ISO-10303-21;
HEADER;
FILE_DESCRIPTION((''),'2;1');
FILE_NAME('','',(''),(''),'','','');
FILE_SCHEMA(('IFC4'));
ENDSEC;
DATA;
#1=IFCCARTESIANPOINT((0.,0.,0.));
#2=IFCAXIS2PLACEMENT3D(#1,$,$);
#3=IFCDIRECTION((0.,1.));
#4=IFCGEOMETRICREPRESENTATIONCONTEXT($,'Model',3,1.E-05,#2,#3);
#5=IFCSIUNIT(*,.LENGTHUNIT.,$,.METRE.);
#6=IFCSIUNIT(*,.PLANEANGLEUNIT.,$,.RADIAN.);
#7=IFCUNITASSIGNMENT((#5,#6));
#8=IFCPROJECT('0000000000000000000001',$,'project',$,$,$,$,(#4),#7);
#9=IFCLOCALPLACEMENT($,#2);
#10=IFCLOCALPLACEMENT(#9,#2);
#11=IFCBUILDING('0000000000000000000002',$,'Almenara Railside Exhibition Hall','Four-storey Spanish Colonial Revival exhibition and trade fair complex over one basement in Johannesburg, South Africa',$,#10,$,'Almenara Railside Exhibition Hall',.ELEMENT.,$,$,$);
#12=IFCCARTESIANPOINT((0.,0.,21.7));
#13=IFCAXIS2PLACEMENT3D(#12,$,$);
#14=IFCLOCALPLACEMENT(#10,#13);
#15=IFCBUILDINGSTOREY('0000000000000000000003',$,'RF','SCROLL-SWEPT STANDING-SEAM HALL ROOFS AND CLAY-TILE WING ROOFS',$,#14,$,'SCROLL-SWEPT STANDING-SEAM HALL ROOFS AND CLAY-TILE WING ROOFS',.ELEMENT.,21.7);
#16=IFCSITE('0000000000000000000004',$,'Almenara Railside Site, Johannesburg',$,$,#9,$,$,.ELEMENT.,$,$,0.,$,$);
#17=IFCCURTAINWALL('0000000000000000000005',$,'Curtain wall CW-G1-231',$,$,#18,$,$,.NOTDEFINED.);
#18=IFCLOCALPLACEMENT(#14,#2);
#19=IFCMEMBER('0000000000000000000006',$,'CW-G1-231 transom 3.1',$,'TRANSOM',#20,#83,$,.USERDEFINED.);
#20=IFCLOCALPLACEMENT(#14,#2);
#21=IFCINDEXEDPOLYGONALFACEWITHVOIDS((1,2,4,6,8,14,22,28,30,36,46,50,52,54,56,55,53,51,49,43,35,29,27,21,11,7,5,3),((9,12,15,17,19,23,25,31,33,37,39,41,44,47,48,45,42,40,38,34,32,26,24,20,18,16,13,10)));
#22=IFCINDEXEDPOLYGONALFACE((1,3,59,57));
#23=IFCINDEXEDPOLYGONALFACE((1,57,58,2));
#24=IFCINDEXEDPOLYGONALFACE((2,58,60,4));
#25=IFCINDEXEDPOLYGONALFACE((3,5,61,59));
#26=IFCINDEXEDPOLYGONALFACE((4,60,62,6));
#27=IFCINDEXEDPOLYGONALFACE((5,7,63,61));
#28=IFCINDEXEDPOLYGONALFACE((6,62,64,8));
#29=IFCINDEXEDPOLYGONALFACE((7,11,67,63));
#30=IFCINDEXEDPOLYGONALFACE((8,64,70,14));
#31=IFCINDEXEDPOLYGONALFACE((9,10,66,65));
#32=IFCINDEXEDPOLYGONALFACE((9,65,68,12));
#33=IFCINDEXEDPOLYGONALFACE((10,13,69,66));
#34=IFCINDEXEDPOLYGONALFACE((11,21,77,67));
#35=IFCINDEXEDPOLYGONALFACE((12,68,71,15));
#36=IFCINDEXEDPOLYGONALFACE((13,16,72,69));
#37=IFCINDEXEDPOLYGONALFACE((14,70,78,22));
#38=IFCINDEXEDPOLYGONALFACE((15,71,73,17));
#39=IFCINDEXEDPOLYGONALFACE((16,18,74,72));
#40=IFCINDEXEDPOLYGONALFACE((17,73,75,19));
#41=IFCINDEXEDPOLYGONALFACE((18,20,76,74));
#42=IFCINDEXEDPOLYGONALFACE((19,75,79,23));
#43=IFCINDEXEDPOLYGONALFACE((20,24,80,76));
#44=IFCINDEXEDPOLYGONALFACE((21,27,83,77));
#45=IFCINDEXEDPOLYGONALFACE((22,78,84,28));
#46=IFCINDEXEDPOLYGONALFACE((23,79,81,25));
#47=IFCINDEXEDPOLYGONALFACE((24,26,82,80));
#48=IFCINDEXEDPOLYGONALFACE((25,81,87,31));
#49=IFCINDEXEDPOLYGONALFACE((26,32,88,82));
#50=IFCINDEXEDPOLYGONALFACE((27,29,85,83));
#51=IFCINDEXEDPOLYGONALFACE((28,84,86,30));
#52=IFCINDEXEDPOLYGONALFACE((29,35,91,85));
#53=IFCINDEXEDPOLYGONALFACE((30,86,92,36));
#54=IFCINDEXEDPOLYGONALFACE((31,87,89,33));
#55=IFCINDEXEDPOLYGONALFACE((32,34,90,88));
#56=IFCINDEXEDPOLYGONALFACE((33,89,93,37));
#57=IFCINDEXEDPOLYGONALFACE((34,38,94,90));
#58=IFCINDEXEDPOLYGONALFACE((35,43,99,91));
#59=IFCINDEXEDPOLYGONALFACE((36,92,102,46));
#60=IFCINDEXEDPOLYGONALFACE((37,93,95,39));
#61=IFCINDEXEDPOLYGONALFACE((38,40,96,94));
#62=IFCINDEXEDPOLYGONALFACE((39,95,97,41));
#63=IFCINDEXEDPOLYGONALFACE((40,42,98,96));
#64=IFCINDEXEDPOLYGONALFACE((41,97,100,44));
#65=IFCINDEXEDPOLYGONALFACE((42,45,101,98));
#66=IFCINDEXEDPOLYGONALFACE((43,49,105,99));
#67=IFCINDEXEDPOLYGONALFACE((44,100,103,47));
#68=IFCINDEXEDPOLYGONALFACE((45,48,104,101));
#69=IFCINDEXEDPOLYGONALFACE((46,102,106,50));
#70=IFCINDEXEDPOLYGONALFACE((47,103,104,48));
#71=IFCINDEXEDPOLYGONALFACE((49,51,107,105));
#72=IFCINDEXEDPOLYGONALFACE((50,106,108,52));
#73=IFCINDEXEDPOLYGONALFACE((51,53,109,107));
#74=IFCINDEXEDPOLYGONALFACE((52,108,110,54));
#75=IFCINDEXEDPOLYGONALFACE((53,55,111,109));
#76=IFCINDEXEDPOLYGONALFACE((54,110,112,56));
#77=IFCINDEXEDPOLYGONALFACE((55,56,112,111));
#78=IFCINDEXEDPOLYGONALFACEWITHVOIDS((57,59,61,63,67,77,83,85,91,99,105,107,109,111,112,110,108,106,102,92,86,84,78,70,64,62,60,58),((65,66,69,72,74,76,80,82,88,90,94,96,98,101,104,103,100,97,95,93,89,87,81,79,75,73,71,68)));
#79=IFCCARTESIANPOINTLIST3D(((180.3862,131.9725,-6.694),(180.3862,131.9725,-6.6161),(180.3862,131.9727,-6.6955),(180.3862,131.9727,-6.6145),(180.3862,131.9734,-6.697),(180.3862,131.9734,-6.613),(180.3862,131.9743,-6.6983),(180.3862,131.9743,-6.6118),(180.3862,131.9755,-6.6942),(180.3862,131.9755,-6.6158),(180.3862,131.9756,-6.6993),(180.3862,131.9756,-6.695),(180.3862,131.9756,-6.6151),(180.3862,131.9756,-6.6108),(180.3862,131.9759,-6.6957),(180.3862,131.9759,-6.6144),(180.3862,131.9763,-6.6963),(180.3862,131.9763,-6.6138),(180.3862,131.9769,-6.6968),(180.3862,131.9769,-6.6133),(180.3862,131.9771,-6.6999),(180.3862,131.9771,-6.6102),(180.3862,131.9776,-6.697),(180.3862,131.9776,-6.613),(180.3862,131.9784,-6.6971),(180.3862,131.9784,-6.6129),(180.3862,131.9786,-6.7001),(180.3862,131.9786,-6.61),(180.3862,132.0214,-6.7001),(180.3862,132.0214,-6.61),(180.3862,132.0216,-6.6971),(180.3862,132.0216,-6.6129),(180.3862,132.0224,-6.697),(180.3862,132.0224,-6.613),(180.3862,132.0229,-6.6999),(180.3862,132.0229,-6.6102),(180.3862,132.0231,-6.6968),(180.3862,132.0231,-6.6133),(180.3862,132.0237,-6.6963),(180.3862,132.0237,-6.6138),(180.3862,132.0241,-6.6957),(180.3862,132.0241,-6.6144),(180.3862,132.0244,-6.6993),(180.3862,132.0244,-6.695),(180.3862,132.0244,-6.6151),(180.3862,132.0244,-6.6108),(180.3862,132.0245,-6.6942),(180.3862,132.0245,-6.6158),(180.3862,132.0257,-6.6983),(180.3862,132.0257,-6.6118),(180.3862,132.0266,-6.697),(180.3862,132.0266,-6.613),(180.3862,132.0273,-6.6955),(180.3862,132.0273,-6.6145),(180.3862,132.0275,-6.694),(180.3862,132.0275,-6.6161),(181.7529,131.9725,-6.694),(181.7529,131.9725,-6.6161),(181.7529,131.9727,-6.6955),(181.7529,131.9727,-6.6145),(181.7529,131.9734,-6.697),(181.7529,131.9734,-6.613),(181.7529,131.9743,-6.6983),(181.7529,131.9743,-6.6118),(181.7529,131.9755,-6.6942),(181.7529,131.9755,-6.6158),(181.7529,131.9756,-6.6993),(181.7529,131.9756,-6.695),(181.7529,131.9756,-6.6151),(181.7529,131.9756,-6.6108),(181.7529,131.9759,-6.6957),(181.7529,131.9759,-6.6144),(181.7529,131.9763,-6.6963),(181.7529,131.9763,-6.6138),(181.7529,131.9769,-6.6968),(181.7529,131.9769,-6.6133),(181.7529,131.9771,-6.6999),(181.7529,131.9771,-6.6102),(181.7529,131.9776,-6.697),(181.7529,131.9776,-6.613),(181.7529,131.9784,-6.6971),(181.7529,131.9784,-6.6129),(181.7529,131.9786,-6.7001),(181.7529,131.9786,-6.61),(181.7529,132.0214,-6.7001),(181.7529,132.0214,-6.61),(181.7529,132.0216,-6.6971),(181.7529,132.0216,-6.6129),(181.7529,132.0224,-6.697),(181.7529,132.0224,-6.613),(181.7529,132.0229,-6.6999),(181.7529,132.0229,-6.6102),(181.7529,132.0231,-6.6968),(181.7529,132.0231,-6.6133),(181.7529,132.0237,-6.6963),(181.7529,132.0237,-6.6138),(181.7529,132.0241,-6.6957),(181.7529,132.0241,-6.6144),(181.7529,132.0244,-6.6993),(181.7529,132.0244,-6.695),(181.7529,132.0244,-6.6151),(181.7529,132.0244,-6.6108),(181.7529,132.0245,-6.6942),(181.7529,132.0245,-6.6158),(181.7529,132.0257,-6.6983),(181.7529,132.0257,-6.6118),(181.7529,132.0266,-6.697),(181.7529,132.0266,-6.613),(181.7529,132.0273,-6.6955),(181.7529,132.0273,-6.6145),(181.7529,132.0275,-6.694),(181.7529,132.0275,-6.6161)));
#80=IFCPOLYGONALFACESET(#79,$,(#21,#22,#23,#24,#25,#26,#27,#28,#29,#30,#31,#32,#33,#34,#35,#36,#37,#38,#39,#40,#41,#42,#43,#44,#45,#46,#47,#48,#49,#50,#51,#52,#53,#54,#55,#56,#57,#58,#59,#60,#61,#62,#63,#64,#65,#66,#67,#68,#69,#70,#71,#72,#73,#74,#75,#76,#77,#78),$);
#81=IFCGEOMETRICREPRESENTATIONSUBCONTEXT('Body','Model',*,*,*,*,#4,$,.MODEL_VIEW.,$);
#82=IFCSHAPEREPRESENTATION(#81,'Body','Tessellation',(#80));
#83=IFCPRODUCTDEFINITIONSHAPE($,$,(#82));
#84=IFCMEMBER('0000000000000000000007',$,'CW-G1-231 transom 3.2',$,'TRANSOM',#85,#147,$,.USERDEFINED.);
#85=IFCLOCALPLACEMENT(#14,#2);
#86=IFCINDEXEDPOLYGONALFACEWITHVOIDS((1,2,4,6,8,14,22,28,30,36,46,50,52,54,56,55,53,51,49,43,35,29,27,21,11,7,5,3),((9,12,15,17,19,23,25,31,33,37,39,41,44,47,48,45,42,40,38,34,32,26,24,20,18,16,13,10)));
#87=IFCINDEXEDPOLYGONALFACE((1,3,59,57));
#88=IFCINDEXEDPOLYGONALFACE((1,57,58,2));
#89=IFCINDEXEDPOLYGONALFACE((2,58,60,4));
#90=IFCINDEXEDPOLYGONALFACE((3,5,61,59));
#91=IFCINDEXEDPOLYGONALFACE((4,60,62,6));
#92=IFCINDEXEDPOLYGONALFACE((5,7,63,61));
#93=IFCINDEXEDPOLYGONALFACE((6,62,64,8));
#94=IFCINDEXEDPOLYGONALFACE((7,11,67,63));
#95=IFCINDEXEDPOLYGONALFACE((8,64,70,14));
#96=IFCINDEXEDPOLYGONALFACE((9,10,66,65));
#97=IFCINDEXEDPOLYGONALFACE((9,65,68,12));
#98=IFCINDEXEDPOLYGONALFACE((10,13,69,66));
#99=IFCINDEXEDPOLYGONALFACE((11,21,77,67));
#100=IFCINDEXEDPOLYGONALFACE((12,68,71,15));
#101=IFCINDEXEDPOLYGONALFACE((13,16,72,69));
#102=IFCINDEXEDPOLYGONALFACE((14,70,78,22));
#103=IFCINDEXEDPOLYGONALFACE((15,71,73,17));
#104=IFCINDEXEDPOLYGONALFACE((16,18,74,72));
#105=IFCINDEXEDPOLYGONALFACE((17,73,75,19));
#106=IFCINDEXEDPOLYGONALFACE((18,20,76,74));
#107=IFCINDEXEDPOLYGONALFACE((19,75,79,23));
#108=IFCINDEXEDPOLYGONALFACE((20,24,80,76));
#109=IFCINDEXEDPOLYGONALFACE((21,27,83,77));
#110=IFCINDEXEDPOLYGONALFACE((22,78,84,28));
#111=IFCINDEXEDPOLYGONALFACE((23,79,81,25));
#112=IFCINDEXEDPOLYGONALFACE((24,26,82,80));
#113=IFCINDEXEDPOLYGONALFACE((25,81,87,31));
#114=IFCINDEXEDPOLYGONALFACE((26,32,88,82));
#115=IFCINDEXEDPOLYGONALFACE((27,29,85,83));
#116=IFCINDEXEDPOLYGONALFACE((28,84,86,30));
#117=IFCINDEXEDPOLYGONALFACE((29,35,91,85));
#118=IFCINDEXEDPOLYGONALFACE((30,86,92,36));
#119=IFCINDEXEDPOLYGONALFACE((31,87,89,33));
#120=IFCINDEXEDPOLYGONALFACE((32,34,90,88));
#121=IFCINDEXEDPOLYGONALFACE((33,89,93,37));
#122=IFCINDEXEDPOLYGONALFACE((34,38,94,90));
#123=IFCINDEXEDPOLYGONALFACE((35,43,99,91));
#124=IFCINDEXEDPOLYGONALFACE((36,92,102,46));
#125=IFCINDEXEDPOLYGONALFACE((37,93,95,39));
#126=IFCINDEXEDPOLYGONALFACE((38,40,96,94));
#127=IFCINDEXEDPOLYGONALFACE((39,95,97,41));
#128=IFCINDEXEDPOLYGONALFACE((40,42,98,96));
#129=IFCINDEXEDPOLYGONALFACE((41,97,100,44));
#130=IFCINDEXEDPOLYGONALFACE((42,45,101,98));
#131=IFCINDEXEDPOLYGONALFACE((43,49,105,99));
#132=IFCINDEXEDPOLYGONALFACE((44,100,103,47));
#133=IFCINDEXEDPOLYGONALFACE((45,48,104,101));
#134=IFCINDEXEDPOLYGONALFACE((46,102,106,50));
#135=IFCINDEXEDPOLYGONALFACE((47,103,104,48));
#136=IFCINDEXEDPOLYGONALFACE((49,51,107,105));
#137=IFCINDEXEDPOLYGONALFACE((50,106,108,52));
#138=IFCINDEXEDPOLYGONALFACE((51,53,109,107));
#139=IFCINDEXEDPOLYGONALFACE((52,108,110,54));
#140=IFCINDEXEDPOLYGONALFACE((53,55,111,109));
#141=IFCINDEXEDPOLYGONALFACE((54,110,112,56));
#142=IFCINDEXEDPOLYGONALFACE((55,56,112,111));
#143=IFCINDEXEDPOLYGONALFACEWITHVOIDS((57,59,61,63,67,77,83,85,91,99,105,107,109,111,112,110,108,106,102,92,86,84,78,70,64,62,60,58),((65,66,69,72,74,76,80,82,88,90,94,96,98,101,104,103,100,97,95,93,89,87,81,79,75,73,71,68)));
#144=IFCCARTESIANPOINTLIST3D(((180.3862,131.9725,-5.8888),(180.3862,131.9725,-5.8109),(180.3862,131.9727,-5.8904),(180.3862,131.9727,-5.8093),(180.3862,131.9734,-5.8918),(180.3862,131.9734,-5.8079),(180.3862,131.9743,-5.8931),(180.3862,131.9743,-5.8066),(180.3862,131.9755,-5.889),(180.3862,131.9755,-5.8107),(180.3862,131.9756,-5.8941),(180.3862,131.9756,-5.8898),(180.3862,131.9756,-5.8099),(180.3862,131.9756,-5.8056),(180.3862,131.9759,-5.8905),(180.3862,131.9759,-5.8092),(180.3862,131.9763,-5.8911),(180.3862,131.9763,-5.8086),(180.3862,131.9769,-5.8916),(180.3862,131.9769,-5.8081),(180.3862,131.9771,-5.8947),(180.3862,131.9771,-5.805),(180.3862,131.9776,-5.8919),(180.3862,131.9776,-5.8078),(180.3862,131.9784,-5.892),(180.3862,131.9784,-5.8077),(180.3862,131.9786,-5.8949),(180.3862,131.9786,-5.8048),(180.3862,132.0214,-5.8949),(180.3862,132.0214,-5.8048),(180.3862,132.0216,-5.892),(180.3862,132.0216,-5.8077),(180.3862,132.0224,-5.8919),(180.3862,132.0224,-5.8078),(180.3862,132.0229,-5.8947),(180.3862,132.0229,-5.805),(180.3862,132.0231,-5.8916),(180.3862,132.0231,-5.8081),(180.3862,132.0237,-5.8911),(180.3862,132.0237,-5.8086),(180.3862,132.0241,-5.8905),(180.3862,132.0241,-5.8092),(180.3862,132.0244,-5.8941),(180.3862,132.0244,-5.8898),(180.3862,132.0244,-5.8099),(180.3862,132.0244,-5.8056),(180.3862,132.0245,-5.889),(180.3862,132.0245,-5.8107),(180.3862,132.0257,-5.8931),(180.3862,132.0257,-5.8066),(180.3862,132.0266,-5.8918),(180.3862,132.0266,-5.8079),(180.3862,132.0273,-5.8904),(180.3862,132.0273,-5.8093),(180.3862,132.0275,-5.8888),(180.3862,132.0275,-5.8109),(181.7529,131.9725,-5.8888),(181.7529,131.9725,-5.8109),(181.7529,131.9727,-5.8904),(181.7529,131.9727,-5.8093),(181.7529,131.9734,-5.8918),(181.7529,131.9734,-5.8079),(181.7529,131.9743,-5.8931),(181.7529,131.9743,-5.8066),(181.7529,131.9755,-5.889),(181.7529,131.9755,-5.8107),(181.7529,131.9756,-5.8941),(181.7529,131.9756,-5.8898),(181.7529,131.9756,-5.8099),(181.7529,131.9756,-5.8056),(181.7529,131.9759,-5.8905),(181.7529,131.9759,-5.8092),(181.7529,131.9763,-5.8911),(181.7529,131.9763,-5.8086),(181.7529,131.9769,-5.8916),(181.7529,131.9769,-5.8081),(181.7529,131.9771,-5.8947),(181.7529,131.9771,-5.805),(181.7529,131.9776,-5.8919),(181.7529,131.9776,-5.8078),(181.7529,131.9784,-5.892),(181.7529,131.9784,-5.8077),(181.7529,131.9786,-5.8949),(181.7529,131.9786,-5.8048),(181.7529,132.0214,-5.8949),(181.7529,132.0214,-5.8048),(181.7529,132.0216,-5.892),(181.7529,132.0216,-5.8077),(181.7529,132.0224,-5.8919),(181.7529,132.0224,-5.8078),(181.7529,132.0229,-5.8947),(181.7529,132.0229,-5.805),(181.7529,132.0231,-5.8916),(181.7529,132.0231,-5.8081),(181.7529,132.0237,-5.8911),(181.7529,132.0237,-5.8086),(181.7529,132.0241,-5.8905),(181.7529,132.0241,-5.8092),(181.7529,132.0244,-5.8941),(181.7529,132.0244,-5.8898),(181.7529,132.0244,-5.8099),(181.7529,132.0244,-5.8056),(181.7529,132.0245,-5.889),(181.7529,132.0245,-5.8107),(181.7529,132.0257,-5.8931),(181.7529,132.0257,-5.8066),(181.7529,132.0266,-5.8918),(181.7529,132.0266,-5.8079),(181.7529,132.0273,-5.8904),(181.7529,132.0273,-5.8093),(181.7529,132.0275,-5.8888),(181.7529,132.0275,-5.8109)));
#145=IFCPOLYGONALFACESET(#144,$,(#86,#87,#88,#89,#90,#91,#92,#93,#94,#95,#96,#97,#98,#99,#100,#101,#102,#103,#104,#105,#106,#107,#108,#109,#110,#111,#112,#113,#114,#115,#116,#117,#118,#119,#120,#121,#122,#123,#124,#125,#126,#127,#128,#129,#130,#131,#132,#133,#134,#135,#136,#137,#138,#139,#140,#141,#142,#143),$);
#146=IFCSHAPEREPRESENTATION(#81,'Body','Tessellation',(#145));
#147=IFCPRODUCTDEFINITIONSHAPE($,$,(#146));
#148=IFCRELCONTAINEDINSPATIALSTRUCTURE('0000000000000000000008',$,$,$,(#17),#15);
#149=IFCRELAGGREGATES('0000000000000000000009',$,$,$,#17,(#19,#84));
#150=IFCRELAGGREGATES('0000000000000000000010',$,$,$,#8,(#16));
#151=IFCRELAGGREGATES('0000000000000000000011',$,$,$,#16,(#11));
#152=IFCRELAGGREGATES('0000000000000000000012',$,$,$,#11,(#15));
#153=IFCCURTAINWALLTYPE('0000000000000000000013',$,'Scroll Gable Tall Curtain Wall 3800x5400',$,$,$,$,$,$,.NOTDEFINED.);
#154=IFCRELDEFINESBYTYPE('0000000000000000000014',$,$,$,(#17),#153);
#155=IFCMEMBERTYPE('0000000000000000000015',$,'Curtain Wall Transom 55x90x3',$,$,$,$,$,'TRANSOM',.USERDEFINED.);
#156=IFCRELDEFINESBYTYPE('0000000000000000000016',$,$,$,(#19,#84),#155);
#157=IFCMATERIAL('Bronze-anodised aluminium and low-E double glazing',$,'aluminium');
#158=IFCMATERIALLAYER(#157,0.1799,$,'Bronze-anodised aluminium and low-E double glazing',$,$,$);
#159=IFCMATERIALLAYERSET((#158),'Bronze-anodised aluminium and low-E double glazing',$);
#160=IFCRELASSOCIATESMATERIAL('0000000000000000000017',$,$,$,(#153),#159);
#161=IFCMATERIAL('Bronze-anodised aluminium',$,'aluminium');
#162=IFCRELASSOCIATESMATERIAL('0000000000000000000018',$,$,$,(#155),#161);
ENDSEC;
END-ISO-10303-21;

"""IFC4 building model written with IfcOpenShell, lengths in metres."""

from ifc_helpers import new_model, si_unit, direction, frame, origin, origin_2d, place, context, subcontext, project, spatial, hollow_rectangle, extrude, material, layer, layer_set, material_profile, profile_set, type_object, element, aggregate, save


model = new_model("IFC4")

# Units and contexts
model_context = context("Model", 3, precision=1e-05, world=origin(), true_north=direction((0.0, 1.0)))
body_context = subcontext(model_context, "Body", "Model", "MODEL_VIEW")
ifc_project = project(units=[si_unit("LENGTHUNIT", "METRE"), si_unit("PLANEANGLEUNIT", "RADIAN")], contexts=[model_context])

# Site, building, storey
site_placement = place(None, origin())
site = spatial("IfcSite", under=ifc_project, at=site_placement, Name="Almenara Railside Site, Johannesburg", CompositionType="ELEMENT", RefElevation=0.0)
building_placement = place(site_placement, origin())
building = spatial("IfcBuilding", under=site, at=building_placement, Name="Almenara Railside Exhibition Hall", Description="Four-storey Spanish Colonial Revival exhibition and trade fair complex over one basement in Johannesburg, South Africa", LongName="Almenara Railside Exhibition Hall", CompositionType="ELEMENT")
storey_placement = place(building_placement, frame((0.0, 0.0, 21.7)))
storey = spatial("IfcBuildingStorey", under=building, at=storey_placement, Name="RF", Description="SCROLL-SWEPT STANDING-SEAM HALL ROOFS AND CLAY-TILE WING ROOFS", LongName="SCROLL-SWEPT STANDING-SEAM HALL ROOFS AND CLAY-TILE WING ROOFS", CompositionType="ELEMENT", Elevation=21.7)

# Curtain wall
ifc_material_1 = material(Name="Bronze-anodised aluminium and low-E double glazing", Category="aluminium")
ifc_layer_1 = layer(ifc_material_1, 0.1799, Name="Bronze-anodised aluminium and low-E double glazing")
ifc_layer_set_1 = layer_set([ifc_layer_1], Name="Bronze-anodised aluminium and low-E double glazing")
curtain_wall_type_1 = type_object("IfcCurtainWallType", Name="Scroll Gable Tall Curtain Wall 3800x5400", PredefinedType="NOTDEFINED", material=ifc_layer_set_1)
curtain_wall_1_placement = place(storey_placement, origin())
curtain_wall_1 = element("IfcCurtainWall", 1, at=curtain_wall_1_placement, inside=storey, type_object=curtain_wall_type_1, Name="Curtain wall CW-G1-231", PredefinedType="NOTDEFINED")
ifc_material_2 = material(Name="Bronze-anodised aluminium", Category="aluminium")

# Members
ifc_material_profile_1 = material_profile(ifc_material_2, hollow_rectangle(XDim=0.0549, YDim=0.0901, WallThickness=0.0029, InnerFilletRadius=0.0029, OuterFilletRadius=0.0061, at=origin_2d()), Name="ALU-TRN 55x90x3")
ifc_profile_set_1 = profile_set([ifc_material_profile_1], Name="Bronze-anodised aluminium")
member_type_1 = type_object("IfcMemberType", Name="Curtain Wall Transom 55x90x3", ElementType="TRANSOM", PredefinedType="USERDEFINED", material=ifc_profile_set_1)
member_1_placement = place(storey_placement, frame((180.3862, 132.0, -6.655), z_axis=(1.0, 0.0, 0.0), x_axis=(0.0, 1.0, 0.0)))
member_1 = element("IfcMember", 2, at=member_1_placement, type_object=member_type_1, Name="CW-G1-231 transom 3.1", ObjectType="TRANSOM", PredefinedType="USERDEFINED", context=body_context, shape_type="SweptSolid", body=[
    extrude(hollow_rectangle(XDim=0.0549, YDim=0.0901, WallThickness=0.0029, InnerFilletRadius=0.0029, OuterFilletRadius=0.0061, at=origin_2d()), origin(), (0.0, 0.0, 1.0), 1.3667),
])
member_2_placement = place(storey_placement, frame((180.3862, 132.0, -5.8499), z_axis=(1.0, 0.0, 0.0), x_axis=(0.0, 1.0, 0.0)))
member_2 = element("IfcMember", 3, at=member_2_placement, type_object=member_type_1, Name="CW-G1-231 transom 3.2", ObjectType="TRANSOM", PredefinedType="USERDEFINED", context=body_context, shape_type="SweptSolid", body=[
    extrude(hollow_rectangle(XDim=0.0549, YDim=0.0901, WallThickness=0.0029, InnerFilletRadius=0.0029, OuterFilletRadius=0.0061, at=origin_2d()), origin(), (0.0, 0.0, 1.0), 1.3667),
])

aggregate(curtain_wall_1, [member_1, member_2])

save(model, "model.ifc")
